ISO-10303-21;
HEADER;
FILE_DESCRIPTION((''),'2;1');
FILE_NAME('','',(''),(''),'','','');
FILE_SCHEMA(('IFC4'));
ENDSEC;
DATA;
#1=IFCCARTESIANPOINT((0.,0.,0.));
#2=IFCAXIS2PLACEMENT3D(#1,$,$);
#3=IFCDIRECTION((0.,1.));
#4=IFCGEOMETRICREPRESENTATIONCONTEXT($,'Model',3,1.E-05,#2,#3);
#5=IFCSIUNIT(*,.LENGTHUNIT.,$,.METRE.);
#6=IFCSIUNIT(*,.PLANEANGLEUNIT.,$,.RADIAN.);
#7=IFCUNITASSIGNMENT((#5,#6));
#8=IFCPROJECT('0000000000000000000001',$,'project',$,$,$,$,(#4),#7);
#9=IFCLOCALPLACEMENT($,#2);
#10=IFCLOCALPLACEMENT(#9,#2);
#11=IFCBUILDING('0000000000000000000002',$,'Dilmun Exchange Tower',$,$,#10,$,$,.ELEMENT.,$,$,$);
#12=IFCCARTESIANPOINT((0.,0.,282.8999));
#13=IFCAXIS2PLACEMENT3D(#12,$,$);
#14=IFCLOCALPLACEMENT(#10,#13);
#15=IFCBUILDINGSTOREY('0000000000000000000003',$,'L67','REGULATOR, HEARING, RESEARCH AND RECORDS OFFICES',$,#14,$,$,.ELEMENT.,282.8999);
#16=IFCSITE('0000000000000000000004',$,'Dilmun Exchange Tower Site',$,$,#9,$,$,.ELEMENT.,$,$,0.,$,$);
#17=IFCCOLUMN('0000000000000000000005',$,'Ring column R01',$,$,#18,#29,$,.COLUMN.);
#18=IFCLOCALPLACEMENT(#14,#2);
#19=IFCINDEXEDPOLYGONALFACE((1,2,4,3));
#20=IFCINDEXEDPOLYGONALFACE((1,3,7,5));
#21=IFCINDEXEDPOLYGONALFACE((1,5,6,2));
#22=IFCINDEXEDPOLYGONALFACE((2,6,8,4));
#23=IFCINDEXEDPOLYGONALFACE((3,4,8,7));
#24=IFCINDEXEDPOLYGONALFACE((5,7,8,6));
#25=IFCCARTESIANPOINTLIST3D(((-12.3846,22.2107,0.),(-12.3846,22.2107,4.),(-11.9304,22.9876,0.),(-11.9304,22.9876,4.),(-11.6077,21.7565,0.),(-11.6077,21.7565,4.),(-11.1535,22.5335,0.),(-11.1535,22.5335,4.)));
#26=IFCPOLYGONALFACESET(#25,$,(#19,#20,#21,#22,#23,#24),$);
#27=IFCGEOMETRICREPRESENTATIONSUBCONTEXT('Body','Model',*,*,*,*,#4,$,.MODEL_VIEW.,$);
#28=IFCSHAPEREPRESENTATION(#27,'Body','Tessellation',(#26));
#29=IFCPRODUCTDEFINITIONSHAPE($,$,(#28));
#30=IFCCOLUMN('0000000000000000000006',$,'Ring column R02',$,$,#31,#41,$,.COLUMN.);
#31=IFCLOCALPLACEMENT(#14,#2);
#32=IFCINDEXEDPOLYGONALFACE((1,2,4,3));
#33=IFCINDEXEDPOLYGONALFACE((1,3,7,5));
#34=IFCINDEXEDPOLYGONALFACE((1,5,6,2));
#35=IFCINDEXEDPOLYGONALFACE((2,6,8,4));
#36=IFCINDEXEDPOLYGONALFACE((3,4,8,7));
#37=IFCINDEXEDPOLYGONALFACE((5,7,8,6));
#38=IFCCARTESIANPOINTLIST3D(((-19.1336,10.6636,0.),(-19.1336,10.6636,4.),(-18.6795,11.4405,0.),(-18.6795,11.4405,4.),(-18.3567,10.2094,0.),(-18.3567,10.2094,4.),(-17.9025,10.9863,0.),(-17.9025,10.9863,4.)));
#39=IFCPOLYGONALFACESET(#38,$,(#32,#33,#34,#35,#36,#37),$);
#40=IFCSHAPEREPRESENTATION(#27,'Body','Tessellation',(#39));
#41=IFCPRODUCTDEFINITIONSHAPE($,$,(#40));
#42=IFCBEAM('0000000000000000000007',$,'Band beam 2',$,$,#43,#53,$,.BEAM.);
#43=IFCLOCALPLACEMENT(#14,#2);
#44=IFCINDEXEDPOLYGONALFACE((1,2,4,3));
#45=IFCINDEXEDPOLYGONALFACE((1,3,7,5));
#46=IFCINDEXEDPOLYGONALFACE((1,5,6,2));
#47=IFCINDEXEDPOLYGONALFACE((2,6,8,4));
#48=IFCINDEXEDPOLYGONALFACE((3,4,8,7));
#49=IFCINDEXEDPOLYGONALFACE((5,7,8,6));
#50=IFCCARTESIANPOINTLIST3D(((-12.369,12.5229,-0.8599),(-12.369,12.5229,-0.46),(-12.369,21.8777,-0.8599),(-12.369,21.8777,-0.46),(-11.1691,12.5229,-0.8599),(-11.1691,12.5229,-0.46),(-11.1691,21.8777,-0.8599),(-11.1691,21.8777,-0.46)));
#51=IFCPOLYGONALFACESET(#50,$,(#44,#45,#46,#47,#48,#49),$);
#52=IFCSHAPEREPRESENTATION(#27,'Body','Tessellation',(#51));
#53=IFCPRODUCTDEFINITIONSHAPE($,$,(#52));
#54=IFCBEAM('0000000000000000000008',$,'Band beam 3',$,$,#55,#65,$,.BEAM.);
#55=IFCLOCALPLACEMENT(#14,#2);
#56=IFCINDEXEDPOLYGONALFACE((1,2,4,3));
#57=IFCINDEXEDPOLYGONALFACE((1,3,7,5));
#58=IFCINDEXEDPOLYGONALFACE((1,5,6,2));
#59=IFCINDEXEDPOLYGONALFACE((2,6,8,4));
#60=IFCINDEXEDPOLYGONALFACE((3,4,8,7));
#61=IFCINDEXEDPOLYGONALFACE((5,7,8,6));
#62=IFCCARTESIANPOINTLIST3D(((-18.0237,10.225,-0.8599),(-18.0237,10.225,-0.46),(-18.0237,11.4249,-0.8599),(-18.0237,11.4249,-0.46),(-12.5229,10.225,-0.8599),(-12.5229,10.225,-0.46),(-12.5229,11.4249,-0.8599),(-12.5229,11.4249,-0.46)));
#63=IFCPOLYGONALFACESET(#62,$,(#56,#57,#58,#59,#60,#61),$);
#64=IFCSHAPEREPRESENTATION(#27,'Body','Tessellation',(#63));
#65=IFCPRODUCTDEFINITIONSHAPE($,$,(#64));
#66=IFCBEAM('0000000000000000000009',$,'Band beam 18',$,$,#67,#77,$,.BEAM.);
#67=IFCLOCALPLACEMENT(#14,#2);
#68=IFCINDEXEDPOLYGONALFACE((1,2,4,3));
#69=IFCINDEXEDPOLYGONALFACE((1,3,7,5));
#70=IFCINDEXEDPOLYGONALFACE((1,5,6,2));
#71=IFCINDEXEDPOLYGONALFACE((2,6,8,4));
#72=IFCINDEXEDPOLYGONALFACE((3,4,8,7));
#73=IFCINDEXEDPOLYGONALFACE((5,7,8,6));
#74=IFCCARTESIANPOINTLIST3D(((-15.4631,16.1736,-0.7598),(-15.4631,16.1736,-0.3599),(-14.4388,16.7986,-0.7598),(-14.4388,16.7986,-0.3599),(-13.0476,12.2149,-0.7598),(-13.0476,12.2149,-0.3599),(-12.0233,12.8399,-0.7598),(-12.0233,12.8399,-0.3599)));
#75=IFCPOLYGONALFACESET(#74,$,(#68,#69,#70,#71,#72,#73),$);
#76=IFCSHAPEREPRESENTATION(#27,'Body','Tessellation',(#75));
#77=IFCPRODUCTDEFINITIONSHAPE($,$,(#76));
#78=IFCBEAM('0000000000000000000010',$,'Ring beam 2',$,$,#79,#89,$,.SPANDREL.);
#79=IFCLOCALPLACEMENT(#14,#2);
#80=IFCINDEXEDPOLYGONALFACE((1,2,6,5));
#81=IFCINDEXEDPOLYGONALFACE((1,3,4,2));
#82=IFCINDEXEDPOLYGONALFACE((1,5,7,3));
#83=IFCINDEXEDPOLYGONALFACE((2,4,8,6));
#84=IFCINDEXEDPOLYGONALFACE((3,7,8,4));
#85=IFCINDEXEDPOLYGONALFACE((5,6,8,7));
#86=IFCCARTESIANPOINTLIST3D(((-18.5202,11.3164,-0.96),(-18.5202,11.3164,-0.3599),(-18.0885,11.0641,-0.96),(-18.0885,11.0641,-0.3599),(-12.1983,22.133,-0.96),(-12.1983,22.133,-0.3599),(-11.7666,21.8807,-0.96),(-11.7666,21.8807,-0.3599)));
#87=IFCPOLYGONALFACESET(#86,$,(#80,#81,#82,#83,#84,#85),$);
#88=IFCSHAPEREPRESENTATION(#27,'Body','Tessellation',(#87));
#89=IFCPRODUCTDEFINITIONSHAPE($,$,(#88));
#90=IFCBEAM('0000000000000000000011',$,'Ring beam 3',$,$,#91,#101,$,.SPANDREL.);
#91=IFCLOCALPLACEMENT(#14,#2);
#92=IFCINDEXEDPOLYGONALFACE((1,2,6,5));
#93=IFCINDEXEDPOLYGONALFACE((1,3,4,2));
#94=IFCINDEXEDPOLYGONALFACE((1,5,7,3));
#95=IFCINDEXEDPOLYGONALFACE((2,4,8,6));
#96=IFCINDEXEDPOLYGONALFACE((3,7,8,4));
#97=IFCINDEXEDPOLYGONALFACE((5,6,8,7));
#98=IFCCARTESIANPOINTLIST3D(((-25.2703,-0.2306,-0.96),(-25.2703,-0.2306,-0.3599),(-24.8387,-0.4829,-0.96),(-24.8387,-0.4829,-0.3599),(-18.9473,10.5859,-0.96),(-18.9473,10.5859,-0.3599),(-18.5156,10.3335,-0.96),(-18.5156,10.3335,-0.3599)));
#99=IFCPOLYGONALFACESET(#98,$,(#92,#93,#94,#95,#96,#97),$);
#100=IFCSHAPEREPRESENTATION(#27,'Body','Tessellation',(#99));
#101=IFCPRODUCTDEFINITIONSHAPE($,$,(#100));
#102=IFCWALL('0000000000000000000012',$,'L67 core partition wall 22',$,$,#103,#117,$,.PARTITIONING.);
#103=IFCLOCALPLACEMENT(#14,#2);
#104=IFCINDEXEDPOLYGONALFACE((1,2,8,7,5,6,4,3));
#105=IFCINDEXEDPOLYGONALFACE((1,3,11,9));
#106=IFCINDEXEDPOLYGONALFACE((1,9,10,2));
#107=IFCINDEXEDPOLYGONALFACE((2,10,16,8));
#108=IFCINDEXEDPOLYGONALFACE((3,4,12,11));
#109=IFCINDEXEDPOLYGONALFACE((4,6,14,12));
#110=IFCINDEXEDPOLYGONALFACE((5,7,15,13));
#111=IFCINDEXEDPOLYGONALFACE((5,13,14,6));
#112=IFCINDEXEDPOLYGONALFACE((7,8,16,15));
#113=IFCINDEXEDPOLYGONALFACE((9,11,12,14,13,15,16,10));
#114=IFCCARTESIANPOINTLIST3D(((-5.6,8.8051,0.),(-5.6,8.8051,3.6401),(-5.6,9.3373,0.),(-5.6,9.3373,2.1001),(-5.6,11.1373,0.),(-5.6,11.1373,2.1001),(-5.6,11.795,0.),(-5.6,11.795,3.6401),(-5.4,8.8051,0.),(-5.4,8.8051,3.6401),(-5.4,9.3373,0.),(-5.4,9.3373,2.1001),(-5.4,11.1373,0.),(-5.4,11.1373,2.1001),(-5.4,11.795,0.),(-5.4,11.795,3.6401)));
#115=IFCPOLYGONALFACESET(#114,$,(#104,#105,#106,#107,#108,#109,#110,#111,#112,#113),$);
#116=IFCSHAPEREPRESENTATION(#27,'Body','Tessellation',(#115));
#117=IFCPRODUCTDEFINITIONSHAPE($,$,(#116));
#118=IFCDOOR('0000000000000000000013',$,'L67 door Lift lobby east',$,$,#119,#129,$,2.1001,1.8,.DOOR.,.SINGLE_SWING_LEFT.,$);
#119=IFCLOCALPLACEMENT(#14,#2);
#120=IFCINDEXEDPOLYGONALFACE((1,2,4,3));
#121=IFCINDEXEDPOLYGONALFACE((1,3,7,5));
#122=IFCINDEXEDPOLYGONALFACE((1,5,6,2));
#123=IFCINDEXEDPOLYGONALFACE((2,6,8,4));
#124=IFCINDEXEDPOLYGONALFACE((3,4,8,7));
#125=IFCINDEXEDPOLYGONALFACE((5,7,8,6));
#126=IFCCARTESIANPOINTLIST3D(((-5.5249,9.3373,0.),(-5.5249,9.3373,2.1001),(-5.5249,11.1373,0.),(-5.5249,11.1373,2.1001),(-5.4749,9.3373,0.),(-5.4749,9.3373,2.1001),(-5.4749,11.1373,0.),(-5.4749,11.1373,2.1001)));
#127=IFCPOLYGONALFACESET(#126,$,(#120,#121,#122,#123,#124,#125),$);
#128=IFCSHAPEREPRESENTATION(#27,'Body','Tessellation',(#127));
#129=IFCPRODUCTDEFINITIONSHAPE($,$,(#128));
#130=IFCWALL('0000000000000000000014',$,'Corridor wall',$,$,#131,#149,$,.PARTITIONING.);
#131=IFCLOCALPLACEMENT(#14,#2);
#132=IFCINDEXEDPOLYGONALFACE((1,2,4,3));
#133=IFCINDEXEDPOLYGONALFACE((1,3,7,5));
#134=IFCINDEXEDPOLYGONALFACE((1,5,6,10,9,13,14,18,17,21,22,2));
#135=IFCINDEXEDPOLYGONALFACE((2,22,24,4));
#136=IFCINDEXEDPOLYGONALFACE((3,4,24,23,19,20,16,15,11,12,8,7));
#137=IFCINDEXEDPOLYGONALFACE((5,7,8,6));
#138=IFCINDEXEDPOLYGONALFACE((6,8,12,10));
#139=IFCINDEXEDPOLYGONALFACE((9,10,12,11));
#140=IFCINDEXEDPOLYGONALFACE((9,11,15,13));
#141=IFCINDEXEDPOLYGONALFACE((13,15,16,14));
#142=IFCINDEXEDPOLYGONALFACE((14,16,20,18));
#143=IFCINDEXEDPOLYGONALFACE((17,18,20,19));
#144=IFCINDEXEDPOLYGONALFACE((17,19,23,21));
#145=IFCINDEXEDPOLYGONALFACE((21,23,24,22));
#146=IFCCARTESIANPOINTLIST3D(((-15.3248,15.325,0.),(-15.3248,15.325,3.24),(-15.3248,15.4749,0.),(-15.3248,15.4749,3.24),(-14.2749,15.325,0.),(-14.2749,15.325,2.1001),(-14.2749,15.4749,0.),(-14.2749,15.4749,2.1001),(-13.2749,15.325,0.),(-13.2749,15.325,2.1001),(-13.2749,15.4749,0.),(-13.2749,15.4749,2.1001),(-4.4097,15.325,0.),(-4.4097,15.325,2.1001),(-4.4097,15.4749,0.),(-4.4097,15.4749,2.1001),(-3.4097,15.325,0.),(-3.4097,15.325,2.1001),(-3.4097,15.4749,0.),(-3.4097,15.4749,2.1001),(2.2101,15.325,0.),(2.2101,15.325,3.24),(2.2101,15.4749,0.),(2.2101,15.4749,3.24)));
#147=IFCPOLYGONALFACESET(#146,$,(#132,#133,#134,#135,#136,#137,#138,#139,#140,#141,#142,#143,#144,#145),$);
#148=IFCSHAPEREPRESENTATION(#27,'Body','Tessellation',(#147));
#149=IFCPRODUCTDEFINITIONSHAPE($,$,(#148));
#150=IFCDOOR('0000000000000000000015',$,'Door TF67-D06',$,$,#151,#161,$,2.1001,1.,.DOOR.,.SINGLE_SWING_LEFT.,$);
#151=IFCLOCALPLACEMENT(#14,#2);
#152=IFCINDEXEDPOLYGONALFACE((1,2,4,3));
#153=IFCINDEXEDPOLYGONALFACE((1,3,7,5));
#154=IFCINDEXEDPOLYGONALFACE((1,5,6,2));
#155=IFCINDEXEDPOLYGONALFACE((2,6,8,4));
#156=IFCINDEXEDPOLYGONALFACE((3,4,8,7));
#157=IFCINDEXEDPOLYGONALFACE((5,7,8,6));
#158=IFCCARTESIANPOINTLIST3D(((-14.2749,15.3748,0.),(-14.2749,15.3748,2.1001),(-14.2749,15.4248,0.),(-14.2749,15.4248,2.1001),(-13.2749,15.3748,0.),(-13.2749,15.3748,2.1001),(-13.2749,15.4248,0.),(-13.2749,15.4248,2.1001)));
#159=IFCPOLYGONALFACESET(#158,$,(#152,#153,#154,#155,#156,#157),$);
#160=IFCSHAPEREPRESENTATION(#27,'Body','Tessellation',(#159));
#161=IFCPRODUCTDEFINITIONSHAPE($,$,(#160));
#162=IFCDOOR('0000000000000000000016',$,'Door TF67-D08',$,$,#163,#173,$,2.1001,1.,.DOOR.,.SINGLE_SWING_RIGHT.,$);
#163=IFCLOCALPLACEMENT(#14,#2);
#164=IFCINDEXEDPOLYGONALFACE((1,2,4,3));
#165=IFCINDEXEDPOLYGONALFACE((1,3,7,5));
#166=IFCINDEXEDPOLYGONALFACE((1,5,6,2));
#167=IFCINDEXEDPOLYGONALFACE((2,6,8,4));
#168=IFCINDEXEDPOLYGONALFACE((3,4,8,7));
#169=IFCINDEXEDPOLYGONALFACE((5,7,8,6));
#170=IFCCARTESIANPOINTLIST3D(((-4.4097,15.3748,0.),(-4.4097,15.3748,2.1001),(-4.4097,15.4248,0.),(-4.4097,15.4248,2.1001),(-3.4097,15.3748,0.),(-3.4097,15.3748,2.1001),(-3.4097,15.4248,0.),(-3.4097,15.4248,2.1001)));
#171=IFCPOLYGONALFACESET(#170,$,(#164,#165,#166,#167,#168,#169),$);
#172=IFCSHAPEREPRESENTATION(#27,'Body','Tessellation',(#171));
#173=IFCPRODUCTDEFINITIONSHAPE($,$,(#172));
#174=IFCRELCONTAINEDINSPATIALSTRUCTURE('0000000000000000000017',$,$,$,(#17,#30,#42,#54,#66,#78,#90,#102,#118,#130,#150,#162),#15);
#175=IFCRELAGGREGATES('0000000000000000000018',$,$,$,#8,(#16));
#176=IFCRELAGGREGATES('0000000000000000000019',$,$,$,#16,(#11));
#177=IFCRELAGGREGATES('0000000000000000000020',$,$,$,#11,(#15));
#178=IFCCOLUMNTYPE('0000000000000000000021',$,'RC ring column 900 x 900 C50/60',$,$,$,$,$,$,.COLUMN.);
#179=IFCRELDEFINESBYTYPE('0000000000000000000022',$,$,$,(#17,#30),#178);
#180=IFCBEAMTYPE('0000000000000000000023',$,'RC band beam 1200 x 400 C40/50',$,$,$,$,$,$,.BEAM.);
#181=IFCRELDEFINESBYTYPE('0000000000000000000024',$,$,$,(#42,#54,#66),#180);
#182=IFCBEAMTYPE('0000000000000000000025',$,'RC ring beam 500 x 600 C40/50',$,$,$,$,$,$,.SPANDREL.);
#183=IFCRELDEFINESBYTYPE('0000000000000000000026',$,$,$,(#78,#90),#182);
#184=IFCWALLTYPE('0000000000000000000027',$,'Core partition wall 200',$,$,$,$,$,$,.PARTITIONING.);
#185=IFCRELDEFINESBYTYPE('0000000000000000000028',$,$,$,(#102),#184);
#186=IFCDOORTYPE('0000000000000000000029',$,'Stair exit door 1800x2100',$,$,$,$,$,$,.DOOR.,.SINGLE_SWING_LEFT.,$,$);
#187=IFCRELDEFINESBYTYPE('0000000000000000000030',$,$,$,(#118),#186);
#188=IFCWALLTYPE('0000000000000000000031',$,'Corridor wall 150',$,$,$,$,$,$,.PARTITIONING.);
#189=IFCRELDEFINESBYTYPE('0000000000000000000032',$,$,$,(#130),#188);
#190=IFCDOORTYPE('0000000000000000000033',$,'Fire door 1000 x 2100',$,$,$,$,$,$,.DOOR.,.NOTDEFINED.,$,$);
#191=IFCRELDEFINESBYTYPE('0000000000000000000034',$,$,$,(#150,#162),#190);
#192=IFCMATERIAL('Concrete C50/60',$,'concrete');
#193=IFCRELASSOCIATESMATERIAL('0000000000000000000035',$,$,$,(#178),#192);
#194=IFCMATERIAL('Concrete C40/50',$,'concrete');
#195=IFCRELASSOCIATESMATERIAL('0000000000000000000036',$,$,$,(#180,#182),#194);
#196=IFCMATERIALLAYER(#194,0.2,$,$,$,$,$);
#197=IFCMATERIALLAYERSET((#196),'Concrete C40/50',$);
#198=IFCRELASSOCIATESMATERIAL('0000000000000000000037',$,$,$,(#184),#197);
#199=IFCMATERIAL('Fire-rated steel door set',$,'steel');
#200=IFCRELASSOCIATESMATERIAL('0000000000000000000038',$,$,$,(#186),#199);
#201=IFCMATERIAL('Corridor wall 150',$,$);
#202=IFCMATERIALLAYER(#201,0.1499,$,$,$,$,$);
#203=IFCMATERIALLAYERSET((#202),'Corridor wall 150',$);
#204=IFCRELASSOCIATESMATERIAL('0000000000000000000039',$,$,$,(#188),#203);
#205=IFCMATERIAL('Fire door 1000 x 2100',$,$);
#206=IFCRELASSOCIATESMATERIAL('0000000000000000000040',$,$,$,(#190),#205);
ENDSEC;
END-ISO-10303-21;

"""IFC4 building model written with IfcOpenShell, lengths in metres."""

from ifc_helpers import new_model, si_unit, direction, frame, frame_2d, origin, origin_2d, place, context, subcontext, project, spatial, rectangle, extrude, material, layer, layer_set, material_profile, profile_set, type_object, element, fill, save


model = new_model("IFC4")

# Units and contexts
model_context = context("Model", 3, precision=1e-05, world=origin(), true_north=direction((0.0, 1.0)))
body_context = subcontext(model_context, "Body", "Model", "MODEL_VIEW")
ifc_project = project(units=[si_unit("LENGTHUNIT", "METRE"), si_unit("PLANEANGLEUNIT", "RADIAN")], contexts=[model_context])

# Site, building, storey
site_placement = place(None, origin())
site = spatial("IfcSite", under=ifc_project, at=site_placement, Name="Dilmun Exchange Tower Site", CompositionType="ELEMENT", RefElevation=0.0)
building_placement = place(site_placement, origin())
building = spatial("IfcBuilding", under=site, at=building_placement, Name="Dilmun Exchange Tower", CompositionType="ELEMENT")
storey_placement = place(building_placement, frame((0.0, 0.0, 282.8999)))
storey = spatial("IfcBuildingStorey", under=building, at=storey_placement, Name="L67", Description="REGULATOR, HEARING, RESEARCH AND RECORDS OFFICES", CompositionType="ELEMENT", Elevation=282.8999)

# Columns
ifc_material_1 = material(Name="Concrete C50/60", Category="concrete")
ifc_material_profile_1 = material_profile(ifc_material_1, rectangle(XDim=0.8999, YDim=0.8999, at=origin_2d()), Name="900 x 900")
ifc_profile_set_1 = profile_set([ifc_material_profile_1], Name="Concrete C50/60")
column_type = type_object("IfcColumnType", Name="RC ring column 900 x 900 C50/60", PredefinedType="COLUMN", material=ifc_profile_set_1)
for number, where, z_axis, x_axis, name in (
    (1, (-11.769, 22.3721, 0.0), (0.0, 0.0, 1.0), (0.504644, 0.863328, 0.0), "Ring column R01"),
    (2, (-18.5181, 10.825, 0.0), (0.0, 0.0, 1.0), (0.504644, 0.863328, 0.0), "Ring column R02"),
):
    element("IfcColumn", number, at=place(storey_placement, frame(where, z_axis=z_axis, x_axis=x_axis)), inside=storey, type_object=column_type, Name=name, PredefinedType="COLUMN", context=body_context, shape_type="SweptSolid", body=[
        extrude(rectangle(XDim=0.8999, YDim=0.8999, at=origin_2d()), origin(), (0.0, 0.0, 1.0), 4.0),
    ])

# Beams
ifc_material_2 = material(Name="Concrete C40/50", Category="concrete")
ifc_material_profile_2 = material_profile(ifc_material_2, rectangle(XDim=1.2, YDim=0.3999, at=origin_2d()), Name="1200 x 400")
ifc_profile_set_2 = profile_set([ifc_material_profile_2], Name="Concrete C40/50")
beam_type_1 = type_object("IfcBeamType", Name="RC band beam 1200 x 400 C40/50", PredefinedType="BEAM", material=ifc_profile_set_2)
beam_1_placement = place(storey_placement, frame((-11.769, 21.8777, -0.6599), z_axis=(0.0, -1.0, 0.0), x_axis=(1.0, 0.0, 0.0)))
element("IfcBeam", 3, at=beam_1_placement, inside=storey, type_object=beam_type_1, Name="Band beam 2", PredefinedType="BEAM", context=body_context, shape_type="SweptSolid", body=[
    extrude(rectangle(XDim=1.2, YDim=0.3999, at=origin_2d()), origin(), (0.0, 0.0, 1.0), 9.3547),
])
beam_2_placement = place(storey_placement, frame((-18.0237, 10.825, -0.6599), z_axis=(1.0, 0.0, 0.0), x_axis=(0.0, 1.0, 0.0)))
element("IfcBeam", 4, at=beam_2_placement, inside=storey, type_object=beam_type_1, Name="Band beam 3", PredefinedType="BEAM", context=body_context, shape_type="SweptSolid", body=[
    extrude(rectangle(XDim=1.2, YDim=0.3999, at=origin_2d()), origin(), (0.0, 0.0, 1.0), 5.5007),
])
beam_3_placement = place(storey_placement, frame((-14.9509, 16.4861, -0.5598), z_axis=(0.520869, -0.853637, 0.0), x_axis=(0.853637, 0.520869, 0.0)))
element("IfcBeam", 5, at=beam_3_placement, inside=storey, type_object=beam_type_1, Name="Band beam 18", PredefinedType="BEAM", context=body_context, shape_type="SweptSolid", body=[
    extrude(rectangle(XDim=1.2, YDim=0.3999, at=origin_2d()), origin(), (0.0, 0.0, 1.0), 4.6375),
])
ifc_material_profile_3 = material_profile(ifc_material_2, rectangle(XDim=0.5, YDim=0.6001, at=origin_2d()), Name="500 x 600")
ifc_profile_set_3 = profile_set([ifc_material_profile_3], Name="Concrete C40/50")
beam_type_2 = type_object("IfcBeamType", Name="RC ring beam 500 x 600 C40/50", PredefinedType="SPANDREL", material=ifc_profile_set_3)
beam_4_placement = place(storey_placement, frame((-11.9824, 22.0068, -0.6599), z_axis=(-0.504604, -0.863351, 0.0), x_axis=(0.863351, -0.504604, 0.0)))
element("IfcBeam", 6, at=beam_4_placement, inside=storey, type_object=beam_type_2, Name="Ring beam 2", PredefinedType="SPANDREL", context=body_context, shape_type="SweptSolid", body=[
    extrude(rectangle(XDim=0.5, YDim=0.6001, at=origin_2d()), origin(), (0.0, 0.0, 1.0), 12.5286),
])
beam_5_placement = place(storey_placement, frame((-18.7314, 10.4597, -0.6599), z_axis=(-0.50467, -0.863312, 0.0), x_axis=(0.863312, -0.50467, 0.0)))
element("IfcBeam", 7, at=beam_5_placement, inside=storey, type_object=beam_type_2, Name="Ring beam 3", PredefinedType="SPANDREL", context=body_context, shape_type="SweptSolid", body=[
    extrude(rectangle(XDim=0.5, YDim=0.6001, at=origin_2d()), origin(), (0.0, 0.0, 1.0), 12.5291),
])

# Wall, opening, door
ifc_layer_1 = layer(ifc_material_2, 0.2)
ifc_layer_set_1 = layer_set([ifc_layer_1], Name="Concrete C40/50")
wall_type_1 = type_object("IfcWallType", Name="Core partition wall 200", PredefinedType="PARTITIONING", material=ifc_layer_set_1)
wall_1_placement = place(storey_placement, frame((-5.5, 8.8049, 0.0), z_axis=(0.0, 0.0, 1.0), x_axis=(0.0, 1.0, 0.0)))
wall_1 = element("IfcWall", 8, at=wall_1_placement, inside=storey, type_object=wall_type_1, Name="L67 core partition wall 22", PredefinedType="PARTITIONING", context=body_context, shape_type="SweptSolid", body=[
    extrude(rectangle(XDim=2.99, YDim=0.2, at=frame_2d((1.4951, 0.0))), origin(), (0.0, 0.0, 1.0), 3.6401),
])
opening_1_placement = place(wall_1_placement, frame((0.5325, 0.0, 0.0)))
opening_1 = element("IfcOpeningElement", 9, at=opening_1_placement, cuts=wall_1, PredefinedType="OPENING", context=body_context, shape_type="SweptSolid", body=[
    extrude(rectangle(XDim=1.8, YDim=2.1001, at=frame_2d((0.8999, 1.05))), frame((0.0, 0.1099, 0.0), z_axis=(0.0, -1.0, 0.0), x_axis=(1.0, 0.0, 0.0)), (0.0, 0.0, 1.0), 0.22),
])
ifc_material_3 = material(Name="Fire-rated steel door set", Category="steel")
door_type_1 = type_object("IfcDoorType", Name="Stair exit door 1800x2100", OperationType="SINGLE_SWING_LEFT", PredefinedType="DOOR", material=ifc_material_3)
door_1_placement = place(opening_1_placement, origin())
door_1 = element("IfcDoor", 10, at=door_1_placement, inside=storey, type_object=door_type_1, Name="L67 door Lift lobby east", OperationType="SINGLE_SWING_LEFT", OverallHeight=2.1001, OverallWidth=1.8, PredefinedType="DOOR", context=body_context, shape_type="SweptSolid", body=[
    extrude(rectangle(XDim=1.8, YDim=2.1001, at=frame_2d((0.8999, 1.05))), frame((0.0, 0.0249, 0.0), z_axis=(0.0, -1.0, 0.0), x_axis=(1.0, 0.0, 0.0)), (0.0, 0.0, 1.0), 0.05),
])
fill(opening_1, door_1)

# Wall, openings, doors
ifc_material_4 = material(Name="Corridor wall 150")
ifc_layer_2 = layer(ifc_material_4, 0.1499)
ifc_layer_set_2 = layer_set([ifc_layer_2], Name="Corridor wall 150")
wall_type_2 = type_object("IfcWallType", Name="Corridor wall 150", PredefinedType="PARTITIONING", material=ifc_layer_set_2)
wall_2_placement = place(storey_placement, frame((-15.325, 15.3999, 0.0), z_axis=(0.0, 0.0, 1.0), x_axis=(1.0, 0.0, 0.0)))
wall_2 = element("IfcWall", 11, at=wall_2_placement, inside=storey, type_object=wall_type_2, Name="Corridor wall", PredefinedType="PARTITIONING", context=body_context, shape_type="SweptSolid", body=[
    extrude(rectangle(XDim=17.5349, YDim=0.1499, at=frame_2d((8.7676, 0.0))), origin(), (0.0, 0.0, 1.0), 3.24),
])
opening_2_placement = place(wall_2_placement, frame((1.05, 0.0, 0.0)))
opening_2 = element("IfcOpeningElement", 12, at=opening_2_placement, cuts=wall_2, PredefinedType="OPENING", context=body_context, shape_type="SweptSolid", body=[
    extrude(rectangle(XDim=1.0, YDim=2.1001, at=frame_2d((0.5, 1.05))), frame((0.0, 0.085, 0.0), z_axis=(0.0, -1.0, 0.0), x_axis=(1.0, 0.0, 0.0)), (0.0, 0.0, 1.0), 0.1699),
])
opening_3_placement = place(wall_2_placement, frame((10.9153, 0.0, 0.0)))
opening_3 = element("IfcOpeningElement", 13, at=opening_3_placement, cuts=wall_2, PredefinedType="OPENING", context=body_context, shape_type="SweptSolid", body=[
    extrude(rectangle(XDim=1.0, YDim=2.1001, at=frame_2d((0.5, 1.05))), frame((0.0, 0.085, 0.0), z_axis=(0.0, -1.0, 0.0), x_axis=(1.0, 0.0, 0.0)), (0.0, 0.0, 1.0), 0.1699),
])
ifc_material_5 = material(Name="Fire door 1000 x 2100")
door_type_2 = type_object("IfcDoorType", Name="Fire door 1000 x 2100", OperationType="NOTDEFINED", PredefinedType="DOOR", material=ifc_material_5)
door_2_placement = place(opening_2_placement, origin())
door_2 = element("IfcDoor", 14, at=door_2_placement, inside=storey, type_object=door_type_2, Name="Door TF67-D06", OperationType="SINGLE_SWING_LEFT", OverallHeight=2.1001, OverallWidth=1.0, PredefinedType="DOOR", context=body_context, shape_type="SweptSolid", body=[
    extrude(rectangle(XDim=1.0, YDim=2.1001, at=frame_2d((0.5, 1.05))), frame((0.0, 0.0249, 0.0), z_axis=(0.0, -1.0, 0.0), x_axis=(1.0, 0.0, 0.0)), (0.0, 0.0, 1.0), 0.05),
])
fill(opening_2, door_2)
door_3_placement = place(opening_3_placement, origin())
door_3 = element("IfcDoor", 15, at=door_3_placement, inside=storey, type_object=door_type_2, Name="Door TF67-D08", OperationType="SINGLE_SWING_RIGHT", OverallHeight=2.1001, OverallWidth=1.0, PredefinedType="DOOR", context=body_context, shape_type="SweptSolid", body=[
    extrude(rectangle(XDim=1.0, YDim=2.1001, at=frame_2d((0.5, 1.05))), frame((0.0, 0.0249, 0.0), z_axis=(0.0, -1.0, 0.0), x_axis=(1.0, 0.0, 0.0)), (0.0, 0.0, 1.0), 0.05),
])
fill(opening_3, door_3)

save(model, "model.ifc")
